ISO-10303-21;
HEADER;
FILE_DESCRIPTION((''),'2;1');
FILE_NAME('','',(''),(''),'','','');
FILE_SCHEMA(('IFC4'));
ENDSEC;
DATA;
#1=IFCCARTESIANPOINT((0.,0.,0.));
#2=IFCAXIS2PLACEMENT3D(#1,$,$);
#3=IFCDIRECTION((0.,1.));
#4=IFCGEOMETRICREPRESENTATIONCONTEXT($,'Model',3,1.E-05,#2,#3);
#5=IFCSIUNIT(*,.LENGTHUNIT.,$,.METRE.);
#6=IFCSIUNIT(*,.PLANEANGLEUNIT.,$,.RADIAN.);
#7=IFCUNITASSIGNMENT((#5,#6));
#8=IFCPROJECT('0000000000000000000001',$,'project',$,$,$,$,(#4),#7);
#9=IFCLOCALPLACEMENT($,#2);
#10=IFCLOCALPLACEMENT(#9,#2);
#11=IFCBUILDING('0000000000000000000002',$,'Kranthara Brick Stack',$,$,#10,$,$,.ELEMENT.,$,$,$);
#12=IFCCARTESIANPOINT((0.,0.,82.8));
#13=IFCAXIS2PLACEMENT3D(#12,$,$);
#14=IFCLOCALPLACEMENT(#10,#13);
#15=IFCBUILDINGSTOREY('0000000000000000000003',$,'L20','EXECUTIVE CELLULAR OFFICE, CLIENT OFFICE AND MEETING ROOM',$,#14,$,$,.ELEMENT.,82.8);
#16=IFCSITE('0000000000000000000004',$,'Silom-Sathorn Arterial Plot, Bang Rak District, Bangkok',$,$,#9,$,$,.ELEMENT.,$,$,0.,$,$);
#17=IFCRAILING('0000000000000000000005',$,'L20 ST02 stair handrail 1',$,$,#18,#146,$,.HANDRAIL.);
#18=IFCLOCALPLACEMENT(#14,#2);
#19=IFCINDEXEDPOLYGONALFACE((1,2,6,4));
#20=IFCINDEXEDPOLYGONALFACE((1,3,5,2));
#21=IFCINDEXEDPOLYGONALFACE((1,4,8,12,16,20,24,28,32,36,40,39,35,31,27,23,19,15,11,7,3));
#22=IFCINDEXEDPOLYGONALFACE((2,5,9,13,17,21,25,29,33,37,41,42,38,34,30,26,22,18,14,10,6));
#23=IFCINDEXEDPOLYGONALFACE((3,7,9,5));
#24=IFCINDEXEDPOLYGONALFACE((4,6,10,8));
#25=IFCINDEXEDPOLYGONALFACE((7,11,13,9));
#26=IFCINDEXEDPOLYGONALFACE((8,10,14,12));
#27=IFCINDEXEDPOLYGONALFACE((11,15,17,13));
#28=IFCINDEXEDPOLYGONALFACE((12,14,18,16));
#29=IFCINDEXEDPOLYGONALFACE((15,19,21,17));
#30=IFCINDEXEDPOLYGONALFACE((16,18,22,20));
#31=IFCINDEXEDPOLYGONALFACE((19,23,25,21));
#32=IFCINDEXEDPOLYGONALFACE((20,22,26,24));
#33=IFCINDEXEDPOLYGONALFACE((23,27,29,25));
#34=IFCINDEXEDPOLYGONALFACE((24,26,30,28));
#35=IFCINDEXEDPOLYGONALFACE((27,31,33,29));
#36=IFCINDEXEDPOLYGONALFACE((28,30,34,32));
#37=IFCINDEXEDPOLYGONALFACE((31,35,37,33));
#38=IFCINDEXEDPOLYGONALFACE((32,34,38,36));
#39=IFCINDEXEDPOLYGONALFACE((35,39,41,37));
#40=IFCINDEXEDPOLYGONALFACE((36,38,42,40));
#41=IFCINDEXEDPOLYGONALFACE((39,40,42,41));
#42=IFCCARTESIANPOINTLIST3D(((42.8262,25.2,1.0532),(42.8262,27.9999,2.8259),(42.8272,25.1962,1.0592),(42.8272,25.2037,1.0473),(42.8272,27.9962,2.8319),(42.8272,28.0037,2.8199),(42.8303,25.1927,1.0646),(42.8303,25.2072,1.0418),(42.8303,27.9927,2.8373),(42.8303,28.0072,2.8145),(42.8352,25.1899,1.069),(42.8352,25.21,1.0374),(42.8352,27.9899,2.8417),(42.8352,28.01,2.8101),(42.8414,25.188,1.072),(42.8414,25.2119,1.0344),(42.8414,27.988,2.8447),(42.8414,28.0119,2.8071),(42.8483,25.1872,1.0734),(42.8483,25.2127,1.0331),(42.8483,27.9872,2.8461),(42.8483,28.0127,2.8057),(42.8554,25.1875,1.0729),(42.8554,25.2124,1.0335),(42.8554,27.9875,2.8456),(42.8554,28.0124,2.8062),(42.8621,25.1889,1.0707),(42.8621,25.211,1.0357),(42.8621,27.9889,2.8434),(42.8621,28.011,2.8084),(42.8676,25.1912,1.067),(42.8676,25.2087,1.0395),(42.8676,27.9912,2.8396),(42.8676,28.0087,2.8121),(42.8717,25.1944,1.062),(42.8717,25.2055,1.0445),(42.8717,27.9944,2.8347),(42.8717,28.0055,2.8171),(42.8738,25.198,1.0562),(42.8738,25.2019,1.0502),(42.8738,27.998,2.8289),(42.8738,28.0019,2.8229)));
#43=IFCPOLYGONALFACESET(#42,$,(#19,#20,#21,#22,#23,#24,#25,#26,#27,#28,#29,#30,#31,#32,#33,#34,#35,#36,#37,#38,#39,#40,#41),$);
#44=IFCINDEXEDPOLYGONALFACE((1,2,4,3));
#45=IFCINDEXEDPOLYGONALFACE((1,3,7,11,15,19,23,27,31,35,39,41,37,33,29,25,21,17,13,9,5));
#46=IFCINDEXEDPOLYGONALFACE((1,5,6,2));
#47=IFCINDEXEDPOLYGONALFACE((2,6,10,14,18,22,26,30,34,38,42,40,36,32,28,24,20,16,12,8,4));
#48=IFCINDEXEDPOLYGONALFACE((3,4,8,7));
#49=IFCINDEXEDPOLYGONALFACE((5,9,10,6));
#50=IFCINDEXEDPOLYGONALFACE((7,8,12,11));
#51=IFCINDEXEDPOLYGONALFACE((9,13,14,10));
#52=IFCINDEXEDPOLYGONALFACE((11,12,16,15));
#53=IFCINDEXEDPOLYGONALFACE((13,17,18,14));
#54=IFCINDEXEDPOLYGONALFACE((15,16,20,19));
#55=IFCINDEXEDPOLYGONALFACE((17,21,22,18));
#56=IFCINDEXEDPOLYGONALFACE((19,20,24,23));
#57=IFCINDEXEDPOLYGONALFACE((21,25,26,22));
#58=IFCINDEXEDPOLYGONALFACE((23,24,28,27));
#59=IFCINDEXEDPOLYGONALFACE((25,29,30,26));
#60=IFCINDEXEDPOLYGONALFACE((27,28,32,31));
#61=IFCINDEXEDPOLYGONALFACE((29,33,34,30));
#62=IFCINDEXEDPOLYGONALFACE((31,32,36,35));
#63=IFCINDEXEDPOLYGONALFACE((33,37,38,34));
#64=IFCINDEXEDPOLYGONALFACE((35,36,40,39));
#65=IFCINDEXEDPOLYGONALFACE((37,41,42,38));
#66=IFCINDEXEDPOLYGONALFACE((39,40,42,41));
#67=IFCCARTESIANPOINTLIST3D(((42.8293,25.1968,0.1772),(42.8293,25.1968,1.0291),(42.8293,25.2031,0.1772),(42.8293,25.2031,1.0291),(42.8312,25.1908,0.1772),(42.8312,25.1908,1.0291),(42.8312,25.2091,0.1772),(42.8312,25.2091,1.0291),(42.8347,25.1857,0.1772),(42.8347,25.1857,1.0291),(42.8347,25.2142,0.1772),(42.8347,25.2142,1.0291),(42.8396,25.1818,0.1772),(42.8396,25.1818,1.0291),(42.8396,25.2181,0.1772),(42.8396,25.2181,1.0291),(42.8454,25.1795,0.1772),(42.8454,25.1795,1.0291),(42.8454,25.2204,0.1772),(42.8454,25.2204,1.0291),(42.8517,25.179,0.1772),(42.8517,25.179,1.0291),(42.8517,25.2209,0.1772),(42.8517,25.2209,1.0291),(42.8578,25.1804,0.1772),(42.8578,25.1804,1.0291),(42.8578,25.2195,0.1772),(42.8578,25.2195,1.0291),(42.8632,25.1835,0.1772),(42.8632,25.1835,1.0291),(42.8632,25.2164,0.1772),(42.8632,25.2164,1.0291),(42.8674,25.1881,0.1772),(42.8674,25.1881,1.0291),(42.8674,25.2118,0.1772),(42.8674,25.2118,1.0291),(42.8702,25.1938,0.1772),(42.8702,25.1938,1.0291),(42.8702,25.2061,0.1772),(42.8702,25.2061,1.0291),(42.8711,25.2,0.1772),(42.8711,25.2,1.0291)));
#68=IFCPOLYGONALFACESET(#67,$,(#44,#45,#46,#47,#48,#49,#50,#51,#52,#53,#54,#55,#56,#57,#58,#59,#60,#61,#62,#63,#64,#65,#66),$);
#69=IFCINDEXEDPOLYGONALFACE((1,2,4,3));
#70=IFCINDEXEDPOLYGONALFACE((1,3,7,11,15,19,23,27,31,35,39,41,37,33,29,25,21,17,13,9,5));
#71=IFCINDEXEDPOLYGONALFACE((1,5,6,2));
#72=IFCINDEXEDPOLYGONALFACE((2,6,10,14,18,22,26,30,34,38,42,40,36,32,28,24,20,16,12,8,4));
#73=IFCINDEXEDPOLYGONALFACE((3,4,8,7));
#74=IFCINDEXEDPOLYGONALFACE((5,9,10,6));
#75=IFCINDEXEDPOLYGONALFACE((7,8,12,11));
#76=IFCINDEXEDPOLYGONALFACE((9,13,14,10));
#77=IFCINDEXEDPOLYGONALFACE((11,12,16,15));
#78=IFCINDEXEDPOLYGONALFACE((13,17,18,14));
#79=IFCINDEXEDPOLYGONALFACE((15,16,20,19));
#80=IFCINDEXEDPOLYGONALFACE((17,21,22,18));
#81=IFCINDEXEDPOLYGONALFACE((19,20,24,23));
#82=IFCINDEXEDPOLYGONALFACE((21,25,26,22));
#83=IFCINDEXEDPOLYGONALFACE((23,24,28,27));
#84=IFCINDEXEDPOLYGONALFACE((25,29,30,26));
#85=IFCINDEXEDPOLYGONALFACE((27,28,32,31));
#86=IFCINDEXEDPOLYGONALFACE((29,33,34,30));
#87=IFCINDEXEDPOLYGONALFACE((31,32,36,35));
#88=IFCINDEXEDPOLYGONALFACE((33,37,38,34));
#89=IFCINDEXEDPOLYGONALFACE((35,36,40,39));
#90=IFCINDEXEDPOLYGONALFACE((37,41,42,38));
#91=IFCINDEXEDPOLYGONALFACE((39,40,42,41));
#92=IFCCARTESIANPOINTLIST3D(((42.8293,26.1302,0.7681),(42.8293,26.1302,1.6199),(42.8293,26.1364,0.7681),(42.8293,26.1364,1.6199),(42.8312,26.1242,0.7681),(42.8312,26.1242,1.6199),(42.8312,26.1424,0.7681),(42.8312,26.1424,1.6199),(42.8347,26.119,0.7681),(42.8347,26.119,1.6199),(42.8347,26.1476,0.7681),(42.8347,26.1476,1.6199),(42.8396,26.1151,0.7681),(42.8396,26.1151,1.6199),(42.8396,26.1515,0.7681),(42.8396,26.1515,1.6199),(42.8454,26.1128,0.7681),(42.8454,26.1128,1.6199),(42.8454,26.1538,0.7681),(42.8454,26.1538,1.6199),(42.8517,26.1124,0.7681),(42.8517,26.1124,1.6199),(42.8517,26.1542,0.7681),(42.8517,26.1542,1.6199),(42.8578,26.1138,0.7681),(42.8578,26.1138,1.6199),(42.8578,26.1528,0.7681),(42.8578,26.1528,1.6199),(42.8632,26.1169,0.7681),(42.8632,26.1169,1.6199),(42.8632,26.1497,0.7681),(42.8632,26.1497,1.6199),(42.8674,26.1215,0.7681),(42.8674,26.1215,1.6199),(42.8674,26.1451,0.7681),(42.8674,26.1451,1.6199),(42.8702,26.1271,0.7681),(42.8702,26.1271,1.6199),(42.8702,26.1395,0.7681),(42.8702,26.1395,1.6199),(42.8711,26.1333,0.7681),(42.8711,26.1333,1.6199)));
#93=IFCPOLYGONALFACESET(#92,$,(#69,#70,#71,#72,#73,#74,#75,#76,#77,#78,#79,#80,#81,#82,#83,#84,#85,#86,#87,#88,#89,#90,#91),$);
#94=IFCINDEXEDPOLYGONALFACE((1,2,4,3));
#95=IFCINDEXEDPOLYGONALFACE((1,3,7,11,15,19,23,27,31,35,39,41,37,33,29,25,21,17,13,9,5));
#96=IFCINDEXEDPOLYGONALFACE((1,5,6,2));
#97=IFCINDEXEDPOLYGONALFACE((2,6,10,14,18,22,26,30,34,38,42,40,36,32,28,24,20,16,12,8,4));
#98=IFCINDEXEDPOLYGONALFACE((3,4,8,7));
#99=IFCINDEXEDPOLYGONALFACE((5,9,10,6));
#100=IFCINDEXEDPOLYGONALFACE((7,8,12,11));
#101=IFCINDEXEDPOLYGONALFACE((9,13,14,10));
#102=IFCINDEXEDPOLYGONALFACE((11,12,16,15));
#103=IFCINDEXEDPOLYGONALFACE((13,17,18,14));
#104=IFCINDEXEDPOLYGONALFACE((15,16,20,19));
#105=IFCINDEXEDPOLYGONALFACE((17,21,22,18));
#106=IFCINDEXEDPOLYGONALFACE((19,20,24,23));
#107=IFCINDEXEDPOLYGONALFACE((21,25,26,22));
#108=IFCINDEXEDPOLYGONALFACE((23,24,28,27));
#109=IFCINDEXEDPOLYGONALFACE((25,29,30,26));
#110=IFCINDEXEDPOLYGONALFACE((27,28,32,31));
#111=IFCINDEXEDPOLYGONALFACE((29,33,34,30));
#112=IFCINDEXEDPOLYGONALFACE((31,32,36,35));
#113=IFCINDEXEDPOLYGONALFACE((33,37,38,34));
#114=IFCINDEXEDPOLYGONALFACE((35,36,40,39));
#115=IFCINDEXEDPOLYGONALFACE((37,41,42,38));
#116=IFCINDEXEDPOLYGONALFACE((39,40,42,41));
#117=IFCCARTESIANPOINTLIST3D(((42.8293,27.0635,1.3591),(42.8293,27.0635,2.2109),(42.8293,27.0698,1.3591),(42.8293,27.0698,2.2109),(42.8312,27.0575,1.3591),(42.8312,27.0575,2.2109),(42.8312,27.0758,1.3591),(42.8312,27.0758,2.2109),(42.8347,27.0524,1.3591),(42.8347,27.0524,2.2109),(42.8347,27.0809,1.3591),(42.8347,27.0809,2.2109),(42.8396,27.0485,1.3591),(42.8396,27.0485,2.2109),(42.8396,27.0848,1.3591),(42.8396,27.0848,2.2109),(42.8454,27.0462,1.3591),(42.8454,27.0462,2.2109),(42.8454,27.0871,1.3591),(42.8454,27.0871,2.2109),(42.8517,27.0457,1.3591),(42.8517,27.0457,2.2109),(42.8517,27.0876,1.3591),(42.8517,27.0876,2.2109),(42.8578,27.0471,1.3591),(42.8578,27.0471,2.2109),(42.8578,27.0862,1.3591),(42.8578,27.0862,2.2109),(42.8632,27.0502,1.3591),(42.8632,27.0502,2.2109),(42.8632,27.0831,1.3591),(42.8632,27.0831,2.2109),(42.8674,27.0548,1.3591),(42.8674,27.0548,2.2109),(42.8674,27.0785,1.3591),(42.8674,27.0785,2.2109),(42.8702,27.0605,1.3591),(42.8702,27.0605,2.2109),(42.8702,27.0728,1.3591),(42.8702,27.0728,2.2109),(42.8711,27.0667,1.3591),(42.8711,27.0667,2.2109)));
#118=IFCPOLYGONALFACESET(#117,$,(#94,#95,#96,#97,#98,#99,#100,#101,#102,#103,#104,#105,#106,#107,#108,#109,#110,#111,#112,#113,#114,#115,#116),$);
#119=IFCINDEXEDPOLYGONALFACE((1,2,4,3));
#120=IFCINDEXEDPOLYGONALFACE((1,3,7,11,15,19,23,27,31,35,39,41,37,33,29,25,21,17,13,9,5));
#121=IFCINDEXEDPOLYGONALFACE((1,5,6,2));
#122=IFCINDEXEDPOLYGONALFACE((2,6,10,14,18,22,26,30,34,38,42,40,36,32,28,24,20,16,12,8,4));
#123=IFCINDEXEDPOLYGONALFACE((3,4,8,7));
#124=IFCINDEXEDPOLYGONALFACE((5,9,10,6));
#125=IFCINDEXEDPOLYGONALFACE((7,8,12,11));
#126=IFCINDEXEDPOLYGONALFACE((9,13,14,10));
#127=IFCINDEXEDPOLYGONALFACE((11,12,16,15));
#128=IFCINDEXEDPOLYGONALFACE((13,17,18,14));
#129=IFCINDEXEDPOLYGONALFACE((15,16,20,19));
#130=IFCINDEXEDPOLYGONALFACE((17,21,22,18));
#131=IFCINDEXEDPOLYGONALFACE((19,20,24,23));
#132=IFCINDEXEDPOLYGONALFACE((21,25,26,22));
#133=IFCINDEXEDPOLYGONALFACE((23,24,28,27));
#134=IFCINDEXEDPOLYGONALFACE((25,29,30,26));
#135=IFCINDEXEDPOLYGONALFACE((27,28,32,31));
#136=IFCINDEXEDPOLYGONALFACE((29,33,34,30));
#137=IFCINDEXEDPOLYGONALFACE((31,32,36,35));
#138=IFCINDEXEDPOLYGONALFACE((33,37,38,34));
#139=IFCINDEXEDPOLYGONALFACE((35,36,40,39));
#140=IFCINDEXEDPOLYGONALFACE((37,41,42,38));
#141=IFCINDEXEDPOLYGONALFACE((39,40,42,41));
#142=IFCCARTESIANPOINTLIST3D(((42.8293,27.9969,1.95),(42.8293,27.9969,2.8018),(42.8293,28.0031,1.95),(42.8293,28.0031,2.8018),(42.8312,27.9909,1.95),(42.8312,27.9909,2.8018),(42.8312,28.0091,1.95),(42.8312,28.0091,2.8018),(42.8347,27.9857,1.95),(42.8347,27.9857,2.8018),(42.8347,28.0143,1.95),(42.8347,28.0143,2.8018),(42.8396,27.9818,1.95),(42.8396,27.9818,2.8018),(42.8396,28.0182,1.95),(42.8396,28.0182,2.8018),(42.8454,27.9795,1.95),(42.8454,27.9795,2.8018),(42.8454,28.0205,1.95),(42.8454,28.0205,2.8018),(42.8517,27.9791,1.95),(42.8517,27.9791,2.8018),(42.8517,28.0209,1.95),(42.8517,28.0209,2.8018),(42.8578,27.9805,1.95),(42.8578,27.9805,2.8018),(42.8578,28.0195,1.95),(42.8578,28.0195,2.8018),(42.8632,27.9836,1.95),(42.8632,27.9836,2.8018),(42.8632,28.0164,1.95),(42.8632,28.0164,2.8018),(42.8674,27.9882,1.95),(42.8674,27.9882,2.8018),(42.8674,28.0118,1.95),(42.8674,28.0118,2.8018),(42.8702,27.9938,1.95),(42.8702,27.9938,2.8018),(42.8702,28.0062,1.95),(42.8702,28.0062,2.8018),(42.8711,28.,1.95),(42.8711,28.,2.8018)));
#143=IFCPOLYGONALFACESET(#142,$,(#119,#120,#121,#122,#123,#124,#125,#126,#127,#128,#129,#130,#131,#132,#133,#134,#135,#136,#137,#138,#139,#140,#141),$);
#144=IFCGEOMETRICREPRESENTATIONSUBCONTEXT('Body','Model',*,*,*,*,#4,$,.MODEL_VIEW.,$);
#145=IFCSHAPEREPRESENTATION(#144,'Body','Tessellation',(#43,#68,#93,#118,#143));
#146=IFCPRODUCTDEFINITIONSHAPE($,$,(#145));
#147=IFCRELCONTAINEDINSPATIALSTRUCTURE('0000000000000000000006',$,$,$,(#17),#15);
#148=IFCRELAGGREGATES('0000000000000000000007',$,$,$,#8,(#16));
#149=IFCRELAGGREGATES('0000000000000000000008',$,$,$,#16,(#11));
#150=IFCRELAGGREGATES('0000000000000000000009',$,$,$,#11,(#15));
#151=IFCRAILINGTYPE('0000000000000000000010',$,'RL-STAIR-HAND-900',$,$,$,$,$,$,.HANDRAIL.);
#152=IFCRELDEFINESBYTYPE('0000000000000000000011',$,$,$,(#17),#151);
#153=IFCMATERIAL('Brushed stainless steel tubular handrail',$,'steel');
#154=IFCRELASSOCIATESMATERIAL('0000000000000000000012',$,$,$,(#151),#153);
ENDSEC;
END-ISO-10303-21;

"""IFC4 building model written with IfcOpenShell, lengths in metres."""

from ifc_helpers import new_model, si_unit, direction, frame, origin, origin_2d, place, context, subcontext, project, spatial, circle, extrude, material, type_object, element, save


model = new_model("IFC4")

# Units and contexts
model_context = context("Model", 3, precision=1e-05, world=origin(), true_north=direction((0.0, 1.0)))
body_context = subcontext(model_context, "Body", "Model", "MODEL_VIEW")
ifc_project = project(units=[si_unit("LENGTHUNIT", "METRE"), si_unit("PLANEANGLEUNIT", "RADIAN")], contexts=[model_context])

# Site, building, storey
site_placement = place(None, origin())
site = spatial("IfcSite", under=ifc_project, at=site_placement, Name="Silom-Sathorn Arterial Plot, Bang Rak District, Bangkok", CompositionType="ELEMENT", RefElevation=0.0)
building_placement = place(site_placement, origin())
building = spatial("IfcBuilding", under=site, at=building_placement, Name="Kranthara Brick Stack", CompositionType="ELEMENT")
storey_placement = place(building_placement, frame((0.0, 0.0, 82.8)))
storey = spatial("IfcBuildingStorey", under=building, at=storey_placement, Name="L20", Description="EXECUTIVE CELLULAR OFFICE, CLIENT OFFICE AND MEETING ROOM", CompositionType="ELEMENT", Elevation=82.8)

# Railing
ifc_material_1 = material(Name="Brushed stainless steel tubular handrail", Category="steel")
railing_type_1 = type_object("IfcRailingType", Name="RL-STAIR-HAND-900", PredefinedType="HANDRAIL", material=ifc_material_1)
railing_1_placement = place(storey_placement, frame((42.8501, 25.2, 0.1772)))
element("IfcRailing", 1, at=railing_1_placement, inside=storey, type_object=railing_type_1, Name="L20 ST02 stair handrail 1", PredefinedType="HANDRAIL", context=body_context, shape_type="SweptSolid", body=[
    extrude(circle(Radius=0.0239, at=origin_2d()), frame((0.0, 0.0, 0.876), z_axis=(0.0, 0.844909, 0.53491), x_axis=(-1.0, 0.0, 0.0)), (0.0, 0.0, 1.0), 3.314),
    extrude(circle(Radius=0.021, at=origin_2d()), origin(), (0.0, 0.0, 1.0), 0.8518),
    extrude(circle(Radius=0.021, at=origin_2d()), frame((0.0, 0.9333, 0.5908)), (0.0, 0.0, 1.0), 0.8518),
    extrude(circle(Radius=0.021, at=origin_2d()), frame((0.0, 1.8667, 1.1819)), (0.0, 0.0, 1.0), 0.8518),
    extrude(circle(Radius=0.021, at=origin_2d()), frame((0.0, 2.8, 1.7727)), (0.0, 0.0, 1.0), 0.8518),
])

save(model, "model.ifc")
